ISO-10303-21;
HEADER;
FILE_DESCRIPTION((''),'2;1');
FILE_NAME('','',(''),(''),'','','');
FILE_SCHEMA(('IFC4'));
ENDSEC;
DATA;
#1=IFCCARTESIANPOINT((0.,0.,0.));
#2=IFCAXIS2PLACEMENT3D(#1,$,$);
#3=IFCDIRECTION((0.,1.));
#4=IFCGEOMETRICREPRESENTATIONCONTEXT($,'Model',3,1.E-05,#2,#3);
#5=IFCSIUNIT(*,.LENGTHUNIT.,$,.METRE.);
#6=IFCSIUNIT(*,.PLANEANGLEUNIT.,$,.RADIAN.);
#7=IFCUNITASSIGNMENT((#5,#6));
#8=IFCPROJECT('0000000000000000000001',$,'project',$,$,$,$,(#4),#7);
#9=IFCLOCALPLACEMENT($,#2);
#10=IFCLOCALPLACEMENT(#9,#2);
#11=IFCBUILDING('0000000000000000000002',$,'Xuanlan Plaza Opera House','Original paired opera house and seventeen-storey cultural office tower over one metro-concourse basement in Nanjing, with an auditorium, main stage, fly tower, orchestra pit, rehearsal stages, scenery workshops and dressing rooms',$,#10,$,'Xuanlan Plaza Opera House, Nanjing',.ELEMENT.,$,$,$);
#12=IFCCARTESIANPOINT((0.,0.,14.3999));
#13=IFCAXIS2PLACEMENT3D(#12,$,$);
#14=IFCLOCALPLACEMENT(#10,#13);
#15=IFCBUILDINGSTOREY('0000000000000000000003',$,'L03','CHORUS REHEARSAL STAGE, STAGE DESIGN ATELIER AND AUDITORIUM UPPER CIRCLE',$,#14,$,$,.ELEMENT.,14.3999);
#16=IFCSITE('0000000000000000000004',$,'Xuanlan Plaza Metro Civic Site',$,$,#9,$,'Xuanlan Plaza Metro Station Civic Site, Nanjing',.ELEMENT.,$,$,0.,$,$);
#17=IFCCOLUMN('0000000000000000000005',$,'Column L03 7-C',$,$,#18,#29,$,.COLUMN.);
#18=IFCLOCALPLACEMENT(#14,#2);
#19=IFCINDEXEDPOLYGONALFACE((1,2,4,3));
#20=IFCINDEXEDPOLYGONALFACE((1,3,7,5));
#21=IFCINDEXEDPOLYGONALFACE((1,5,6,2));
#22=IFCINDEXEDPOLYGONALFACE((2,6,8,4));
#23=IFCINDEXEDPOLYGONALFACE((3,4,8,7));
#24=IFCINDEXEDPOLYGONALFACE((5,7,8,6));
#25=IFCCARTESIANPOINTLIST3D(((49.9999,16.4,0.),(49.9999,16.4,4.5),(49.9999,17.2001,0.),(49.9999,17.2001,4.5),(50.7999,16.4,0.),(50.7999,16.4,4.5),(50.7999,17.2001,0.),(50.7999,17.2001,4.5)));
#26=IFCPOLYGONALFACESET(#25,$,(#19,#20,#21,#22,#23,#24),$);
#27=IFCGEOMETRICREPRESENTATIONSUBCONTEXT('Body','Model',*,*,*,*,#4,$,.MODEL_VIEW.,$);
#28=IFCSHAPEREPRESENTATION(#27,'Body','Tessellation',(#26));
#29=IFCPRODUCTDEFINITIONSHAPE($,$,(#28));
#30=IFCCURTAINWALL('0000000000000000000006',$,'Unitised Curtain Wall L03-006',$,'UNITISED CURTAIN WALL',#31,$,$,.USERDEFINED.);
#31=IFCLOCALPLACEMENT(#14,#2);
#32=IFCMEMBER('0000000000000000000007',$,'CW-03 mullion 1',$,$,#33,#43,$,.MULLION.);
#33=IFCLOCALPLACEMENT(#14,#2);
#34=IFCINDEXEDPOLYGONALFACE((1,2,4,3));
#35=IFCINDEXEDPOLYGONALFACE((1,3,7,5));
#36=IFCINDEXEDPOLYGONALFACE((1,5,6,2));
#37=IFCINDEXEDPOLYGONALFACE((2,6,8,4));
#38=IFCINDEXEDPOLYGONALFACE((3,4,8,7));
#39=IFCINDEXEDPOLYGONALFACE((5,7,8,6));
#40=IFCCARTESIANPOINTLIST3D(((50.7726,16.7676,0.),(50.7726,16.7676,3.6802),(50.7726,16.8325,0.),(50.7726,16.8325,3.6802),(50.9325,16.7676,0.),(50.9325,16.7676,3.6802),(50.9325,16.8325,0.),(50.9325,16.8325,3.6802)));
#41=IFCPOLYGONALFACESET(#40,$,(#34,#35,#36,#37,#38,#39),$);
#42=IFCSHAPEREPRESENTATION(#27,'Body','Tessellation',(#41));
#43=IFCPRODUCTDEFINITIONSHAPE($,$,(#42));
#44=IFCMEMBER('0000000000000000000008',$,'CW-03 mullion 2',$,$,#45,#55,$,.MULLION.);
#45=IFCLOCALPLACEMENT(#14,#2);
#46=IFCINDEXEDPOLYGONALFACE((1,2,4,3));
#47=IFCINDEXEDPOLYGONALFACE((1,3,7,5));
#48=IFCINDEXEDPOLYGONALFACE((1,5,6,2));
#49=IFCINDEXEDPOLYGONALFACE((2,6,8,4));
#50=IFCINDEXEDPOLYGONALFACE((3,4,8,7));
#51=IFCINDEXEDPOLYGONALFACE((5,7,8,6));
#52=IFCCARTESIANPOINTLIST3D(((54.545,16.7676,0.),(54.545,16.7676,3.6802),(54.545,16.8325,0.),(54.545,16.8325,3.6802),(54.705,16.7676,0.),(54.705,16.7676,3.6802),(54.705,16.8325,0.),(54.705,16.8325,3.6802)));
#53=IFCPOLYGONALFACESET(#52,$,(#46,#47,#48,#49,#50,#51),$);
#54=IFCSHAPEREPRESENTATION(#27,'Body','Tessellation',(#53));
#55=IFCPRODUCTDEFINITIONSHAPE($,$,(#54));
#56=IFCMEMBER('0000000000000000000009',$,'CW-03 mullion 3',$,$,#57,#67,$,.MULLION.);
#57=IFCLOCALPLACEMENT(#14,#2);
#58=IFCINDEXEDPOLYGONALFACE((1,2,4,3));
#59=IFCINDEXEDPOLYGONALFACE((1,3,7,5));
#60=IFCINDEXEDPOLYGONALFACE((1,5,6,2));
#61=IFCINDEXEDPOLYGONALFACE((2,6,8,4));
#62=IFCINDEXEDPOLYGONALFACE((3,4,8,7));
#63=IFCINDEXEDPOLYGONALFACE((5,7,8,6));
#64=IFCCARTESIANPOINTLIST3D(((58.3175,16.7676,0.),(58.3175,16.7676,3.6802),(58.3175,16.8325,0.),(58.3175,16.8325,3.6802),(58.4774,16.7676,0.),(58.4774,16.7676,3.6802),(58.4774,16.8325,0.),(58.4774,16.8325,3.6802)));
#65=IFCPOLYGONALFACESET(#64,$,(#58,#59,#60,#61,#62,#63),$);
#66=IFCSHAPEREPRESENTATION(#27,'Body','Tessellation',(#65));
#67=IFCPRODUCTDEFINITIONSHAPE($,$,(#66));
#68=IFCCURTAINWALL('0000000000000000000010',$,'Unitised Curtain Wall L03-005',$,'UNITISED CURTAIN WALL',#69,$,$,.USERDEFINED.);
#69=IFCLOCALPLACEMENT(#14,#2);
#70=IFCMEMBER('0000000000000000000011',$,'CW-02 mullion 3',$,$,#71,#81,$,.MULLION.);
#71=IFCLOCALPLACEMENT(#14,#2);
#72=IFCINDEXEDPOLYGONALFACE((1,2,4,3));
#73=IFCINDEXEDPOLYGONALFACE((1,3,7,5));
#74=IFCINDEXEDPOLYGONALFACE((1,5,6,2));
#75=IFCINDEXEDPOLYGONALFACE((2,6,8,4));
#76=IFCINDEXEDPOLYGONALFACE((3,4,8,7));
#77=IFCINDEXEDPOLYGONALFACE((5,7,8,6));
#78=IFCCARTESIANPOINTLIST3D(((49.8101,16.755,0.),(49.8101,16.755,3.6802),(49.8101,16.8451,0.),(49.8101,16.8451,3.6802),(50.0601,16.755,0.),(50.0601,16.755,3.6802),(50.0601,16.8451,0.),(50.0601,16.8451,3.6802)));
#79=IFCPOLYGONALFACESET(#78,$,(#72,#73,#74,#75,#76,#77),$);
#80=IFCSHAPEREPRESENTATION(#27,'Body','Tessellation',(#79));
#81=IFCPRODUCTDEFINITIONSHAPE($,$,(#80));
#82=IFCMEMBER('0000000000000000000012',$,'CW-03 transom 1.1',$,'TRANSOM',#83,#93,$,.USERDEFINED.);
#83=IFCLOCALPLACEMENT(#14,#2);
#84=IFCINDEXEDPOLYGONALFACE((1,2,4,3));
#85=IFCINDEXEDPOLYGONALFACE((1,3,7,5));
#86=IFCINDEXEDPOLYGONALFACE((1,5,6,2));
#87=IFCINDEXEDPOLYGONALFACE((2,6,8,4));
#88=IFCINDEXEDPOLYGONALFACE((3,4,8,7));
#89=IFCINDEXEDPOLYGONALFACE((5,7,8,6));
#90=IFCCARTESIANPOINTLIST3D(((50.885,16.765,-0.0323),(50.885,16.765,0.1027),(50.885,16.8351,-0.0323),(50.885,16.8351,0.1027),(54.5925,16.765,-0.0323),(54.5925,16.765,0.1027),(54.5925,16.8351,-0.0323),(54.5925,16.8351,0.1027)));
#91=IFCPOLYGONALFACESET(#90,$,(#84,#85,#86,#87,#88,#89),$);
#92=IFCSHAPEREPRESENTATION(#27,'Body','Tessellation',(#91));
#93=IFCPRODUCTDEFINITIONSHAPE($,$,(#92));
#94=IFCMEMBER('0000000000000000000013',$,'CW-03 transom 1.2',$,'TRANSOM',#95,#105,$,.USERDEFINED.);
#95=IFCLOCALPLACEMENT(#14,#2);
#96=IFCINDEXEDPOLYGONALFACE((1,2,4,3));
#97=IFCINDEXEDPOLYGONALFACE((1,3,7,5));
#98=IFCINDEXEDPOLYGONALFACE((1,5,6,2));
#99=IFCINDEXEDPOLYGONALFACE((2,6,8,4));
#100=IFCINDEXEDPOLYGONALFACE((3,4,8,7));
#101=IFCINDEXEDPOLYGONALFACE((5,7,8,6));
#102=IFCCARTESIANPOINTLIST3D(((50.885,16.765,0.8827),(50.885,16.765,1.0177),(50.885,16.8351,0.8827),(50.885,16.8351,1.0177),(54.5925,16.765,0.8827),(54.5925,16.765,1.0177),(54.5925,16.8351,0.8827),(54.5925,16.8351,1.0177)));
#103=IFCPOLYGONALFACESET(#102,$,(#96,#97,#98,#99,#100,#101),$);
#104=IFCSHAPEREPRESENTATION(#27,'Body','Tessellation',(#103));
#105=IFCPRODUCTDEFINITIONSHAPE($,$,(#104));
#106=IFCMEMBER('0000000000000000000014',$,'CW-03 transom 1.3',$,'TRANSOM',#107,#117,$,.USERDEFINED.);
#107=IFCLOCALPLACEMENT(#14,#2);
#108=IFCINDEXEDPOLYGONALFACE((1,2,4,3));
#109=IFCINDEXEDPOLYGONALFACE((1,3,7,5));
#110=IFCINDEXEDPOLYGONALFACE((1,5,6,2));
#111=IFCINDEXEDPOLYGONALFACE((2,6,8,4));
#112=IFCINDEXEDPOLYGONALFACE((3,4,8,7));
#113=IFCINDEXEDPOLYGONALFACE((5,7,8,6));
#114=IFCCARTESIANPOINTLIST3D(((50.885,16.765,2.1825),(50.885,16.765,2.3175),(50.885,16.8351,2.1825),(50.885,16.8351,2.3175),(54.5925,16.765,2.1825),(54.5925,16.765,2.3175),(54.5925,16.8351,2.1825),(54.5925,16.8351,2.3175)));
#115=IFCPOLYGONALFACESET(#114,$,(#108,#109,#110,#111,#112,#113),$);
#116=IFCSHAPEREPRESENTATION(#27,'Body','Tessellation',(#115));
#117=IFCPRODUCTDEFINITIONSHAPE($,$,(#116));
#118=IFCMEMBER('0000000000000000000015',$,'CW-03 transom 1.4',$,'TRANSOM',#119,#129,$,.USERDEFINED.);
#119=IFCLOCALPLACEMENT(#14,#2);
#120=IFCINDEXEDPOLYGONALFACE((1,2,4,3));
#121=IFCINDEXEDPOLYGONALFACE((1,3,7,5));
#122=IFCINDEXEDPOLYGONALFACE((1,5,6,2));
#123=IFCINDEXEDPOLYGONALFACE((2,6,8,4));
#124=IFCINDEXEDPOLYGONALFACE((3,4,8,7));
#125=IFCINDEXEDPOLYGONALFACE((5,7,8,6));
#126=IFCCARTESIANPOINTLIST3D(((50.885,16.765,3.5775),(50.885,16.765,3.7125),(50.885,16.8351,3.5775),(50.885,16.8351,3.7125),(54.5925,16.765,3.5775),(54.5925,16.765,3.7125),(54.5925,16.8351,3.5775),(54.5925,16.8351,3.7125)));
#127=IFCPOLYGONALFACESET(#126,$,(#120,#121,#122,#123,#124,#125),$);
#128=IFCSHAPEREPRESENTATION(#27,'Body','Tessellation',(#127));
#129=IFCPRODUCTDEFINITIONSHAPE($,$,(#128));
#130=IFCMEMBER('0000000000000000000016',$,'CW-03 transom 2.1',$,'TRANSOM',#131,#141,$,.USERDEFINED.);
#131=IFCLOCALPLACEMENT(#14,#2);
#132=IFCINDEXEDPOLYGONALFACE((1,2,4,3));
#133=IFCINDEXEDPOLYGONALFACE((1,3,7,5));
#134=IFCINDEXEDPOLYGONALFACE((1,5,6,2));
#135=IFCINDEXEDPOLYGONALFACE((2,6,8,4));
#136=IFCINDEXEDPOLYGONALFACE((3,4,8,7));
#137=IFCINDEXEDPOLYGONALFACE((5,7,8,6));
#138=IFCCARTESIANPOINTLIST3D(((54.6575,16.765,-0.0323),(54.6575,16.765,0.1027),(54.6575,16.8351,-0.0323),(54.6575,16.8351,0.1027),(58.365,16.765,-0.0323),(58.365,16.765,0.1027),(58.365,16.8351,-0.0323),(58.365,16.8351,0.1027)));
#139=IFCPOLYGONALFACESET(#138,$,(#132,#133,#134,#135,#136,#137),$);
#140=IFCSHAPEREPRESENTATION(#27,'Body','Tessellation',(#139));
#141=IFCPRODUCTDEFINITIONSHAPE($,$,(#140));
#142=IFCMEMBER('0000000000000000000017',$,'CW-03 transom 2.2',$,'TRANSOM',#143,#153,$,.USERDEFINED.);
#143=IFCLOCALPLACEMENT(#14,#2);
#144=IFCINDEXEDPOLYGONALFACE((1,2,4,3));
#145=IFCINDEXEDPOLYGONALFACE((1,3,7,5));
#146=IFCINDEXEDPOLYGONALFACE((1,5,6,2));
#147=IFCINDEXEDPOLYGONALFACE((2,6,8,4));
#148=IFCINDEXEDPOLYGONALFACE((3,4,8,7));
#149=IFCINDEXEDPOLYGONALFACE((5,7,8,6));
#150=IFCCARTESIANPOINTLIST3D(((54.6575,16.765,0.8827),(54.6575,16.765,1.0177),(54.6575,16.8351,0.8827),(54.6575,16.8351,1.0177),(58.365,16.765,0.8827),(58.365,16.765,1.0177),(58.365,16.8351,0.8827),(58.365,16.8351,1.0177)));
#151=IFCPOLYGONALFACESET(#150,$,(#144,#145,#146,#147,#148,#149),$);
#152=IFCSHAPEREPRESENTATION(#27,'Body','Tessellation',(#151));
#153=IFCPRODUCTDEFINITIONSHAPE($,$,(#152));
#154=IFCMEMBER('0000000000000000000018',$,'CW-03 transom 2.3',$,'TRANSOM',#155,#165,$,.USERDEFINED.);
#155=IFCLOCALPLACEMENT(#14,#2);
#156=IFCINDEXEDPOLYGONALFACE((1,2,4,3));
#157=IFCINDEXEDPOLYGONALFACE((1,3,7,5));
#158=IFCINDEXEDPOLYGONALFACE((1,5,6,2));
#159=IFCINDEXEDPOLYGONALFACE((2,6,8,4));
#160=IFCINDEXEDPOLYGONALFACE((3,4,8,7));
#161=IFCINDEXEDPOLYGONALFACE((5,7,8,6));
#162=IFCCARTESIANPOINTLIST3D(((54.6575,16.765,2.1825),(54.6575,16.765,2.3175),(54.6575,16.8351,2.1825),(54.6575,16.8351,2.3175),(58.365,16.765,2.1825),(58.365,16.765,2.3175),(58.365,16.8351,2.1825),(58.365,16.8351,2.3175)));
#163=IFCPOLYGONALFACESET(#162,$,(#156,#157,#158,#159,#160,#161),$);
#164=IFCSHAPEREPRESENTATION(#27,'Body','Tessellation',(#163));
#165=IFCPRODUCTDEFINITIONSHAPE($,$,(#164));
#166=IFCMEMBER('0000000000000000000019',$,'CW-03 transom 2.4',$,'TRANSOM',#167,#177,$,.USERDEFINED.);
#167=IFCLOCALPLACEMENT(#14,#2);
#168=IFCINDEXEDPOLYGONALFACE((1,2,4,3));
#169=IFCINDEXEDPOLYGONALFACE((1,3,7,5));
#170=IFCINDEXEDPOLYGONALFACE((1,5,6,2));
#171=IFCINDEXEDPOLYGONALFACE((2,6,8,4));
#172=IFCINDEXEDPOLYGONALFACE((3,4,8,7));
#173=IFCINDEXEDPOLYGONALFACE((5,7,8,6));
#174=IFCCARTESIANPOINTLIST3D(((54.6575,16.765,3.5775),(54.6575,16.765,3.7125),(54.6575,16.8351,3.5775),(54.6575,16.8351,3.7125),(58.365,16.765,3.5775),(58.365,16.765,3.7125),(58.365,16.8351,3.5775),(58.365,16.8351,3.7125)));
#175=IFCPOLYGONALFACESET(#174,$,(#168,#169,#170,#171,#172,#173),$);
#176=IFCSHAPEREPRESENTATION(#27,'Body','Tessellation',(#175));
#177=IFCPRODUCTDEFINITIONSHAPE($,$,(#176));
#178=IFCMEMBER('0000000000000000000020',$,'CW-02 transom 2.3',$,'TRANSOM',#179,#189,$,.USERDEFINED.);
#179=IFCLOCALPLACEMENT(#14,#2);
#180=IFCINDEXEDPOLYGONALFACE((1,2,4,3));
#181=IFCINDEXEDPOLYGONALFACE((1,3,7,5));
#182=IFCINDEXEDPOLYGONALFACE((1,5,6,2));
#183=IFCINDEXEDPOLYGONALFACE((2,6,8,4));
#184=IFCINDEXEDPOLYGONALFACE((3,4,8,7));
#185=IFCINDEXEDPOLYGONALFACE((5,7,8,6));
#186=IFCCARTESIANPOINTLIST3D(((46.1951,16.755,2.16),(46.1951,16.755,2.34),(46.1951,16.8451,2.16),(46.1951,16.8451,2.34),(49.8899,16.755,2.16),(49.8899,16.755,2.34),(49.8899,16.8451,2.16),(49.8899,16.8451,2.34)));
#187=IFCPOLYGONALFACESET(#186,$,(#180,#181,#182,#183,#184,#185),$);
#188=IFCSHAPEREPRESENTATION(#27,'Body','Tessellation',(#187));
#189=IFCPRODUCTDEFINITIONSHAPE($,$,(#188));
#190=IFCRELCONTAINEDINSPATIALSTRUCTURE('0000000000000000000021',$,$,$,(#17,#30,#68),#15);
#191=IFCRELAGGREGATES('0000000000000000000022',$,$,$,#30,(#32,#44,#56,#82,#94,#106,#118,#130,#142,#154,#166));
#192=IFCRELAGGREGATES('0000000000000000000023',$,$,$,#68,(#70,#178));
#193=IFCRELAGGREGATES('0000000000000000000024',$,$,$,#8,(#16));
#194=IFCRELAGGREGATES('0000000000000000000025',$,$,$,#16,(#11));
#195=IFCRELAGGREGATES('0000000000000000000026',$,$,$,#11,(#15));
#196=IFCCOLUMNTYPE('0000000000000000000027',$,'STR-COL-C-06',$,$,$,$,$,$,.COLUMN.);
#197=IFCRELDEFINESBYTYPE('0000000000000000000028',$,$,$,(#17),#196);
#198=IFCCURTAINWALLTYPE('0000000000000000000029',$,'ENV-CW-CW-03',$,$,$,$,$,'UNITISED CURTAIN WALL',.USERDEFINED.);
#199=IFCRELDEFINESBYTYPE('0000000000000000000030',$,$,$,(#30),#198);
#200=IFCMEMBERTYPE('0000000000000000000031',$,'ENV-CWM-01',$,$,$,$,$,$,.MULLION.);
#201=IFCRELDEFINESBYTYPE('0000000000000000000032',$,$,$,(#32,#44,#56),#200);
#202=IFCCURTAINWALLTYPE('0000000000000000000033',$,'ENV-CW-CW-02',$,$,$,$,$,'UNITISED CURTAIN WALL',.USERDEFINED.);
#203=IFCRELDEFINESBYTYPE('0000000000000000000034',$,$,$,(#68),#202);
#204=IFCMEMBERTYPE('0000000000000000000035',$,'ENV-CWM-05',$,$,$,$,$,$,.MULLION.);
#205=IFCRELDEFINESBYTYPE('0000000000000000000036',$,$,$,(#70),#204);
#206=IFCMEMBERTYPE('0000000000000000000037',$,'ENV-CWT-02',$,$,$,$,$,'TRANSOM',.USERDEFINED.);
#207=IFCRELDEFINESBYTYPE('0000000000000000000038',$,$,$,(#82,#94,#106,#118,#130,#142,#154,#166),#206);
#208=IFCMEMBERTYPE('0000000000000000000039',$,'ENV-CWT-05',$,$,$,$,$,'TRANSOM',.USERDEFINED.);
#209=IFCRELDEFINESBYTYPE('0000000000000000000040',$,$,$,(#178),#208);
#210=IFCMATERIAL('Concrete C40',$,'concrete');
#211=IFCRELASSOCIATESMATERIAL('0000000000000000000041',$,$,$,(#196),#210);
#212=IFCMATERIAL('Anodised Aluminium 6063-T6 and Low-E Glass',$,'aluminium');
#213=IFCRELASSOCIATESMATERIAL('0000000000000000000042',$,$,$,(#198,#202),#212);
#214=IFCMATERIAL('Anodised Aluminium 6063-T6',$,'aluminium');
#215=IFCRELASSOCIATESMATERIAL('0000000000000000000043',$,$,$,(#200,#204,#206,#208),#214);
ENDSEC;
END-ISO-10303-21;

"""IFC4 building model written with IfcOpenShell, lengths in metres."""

from ifc_helpers import new_model, si_unit, direction, frame, origin, origin_2d, place, context, subcontext, project, spatial, rectangle, extrude, material, material_profile, profile_set, type_object, element, aggregate, save


model = new_model("IFC4")

# Units and contexts
model_context = context("Model", 3, precision=1e-05, world=origin(), true_north=direction((0.0, 1.0)))
body_context = subcontext(model_context, "Body", "Model", "MODEL_VIEW")
ifc_project = project(units=[si_unit("LENGTHUNIT", "METRE"), si_unit("PLANEANGLEUNIT", "RADIAN")], contexts=[model_context])

# Site, building, storey
site_placement = place(None, origin())
site = spatial("IfcSite", under=ifc_project, at=site_placement, Name="Xuanlan Plaza Metro Civic Site", LongName="Xuanlan Plaza Metro Station Civic Site, Nanjing", CompositionType="ELEMENT", RefElevation=0.0)
building_placement = place(site_placement, origin())
building = spatial("IfcBuilding", under=site, at=building_placement, Name="Xuanlan Plaza Opera House", Description="Original paired opera house and seventeen-storey cultural office tower over one metro-concourse basement in Nanjing, with an auditorium, main stage, fly tower, orchestra pit, rehearsal stages, scenery workshops and dressing rooms", LongName="Xuanlan Plaza Opera House, Nanjing", CompositionType="ELEMENT")
storey_placement = place(building_placement, frame((0.0, 0.0, 14.3999)))
storey = spatial("IfcBuildingStorey", under=building, at=storey_placement, Name="L03", Description="CHORUS REHEARSAL STAGE, STAGE DESIGN ATELIER AND AUDITORIUM UPPER CIRCLE", CompositionType="ELEMENT", Elevation=14.3999)

# Column
ifc_material_1 = material(Name="Concrete C40", Category="concrete")
ifc_material_profile_1 = material_profile(ifc_material_1, rectangle(XDim=0.8, YDim=0.8, at=origin_2d()), Name="RC-COL 800x800")
ifc_profile_set_1 = profile_set([ifc_material_profile_1], Name="Concrete C40")
column_type = type_object("IfcColumnType", Name="STR-COL-C-06", PredefinedType="COLUMN", material=ifc_profile_set_1)
column_placement = place(storey_placement, frame((50.3999, 16.8, 0.0), z_axis=(0.0, 0.0, 1.0), x_axis=(1.0, 0.0, 0.0)))
element("IfcColumn", 1, at=column_placement, inside=storey, type_object=column_type, Name="Column L03 7-C", PredefinedType="COLUMN", context=body_context, shape_type="SweptSolid", body=[
    extrude(rectangle(XDim=0.8, YDim=0.8, at=origin_2d()), origin(), (0.0, 0.0, 1.0), 4.5),
])

# Curtain wall, members
ifc_material_2 = material(Name="Anodised Aluminium 6063-T6 and Low-E Glass", Category="aluminium")
curtain_wall_type_1 = type_object("IfcCurtainWallType", Name="ENV-CW-CW-03", ElementType="UNITISED CURTAIN WALL", PredefinedType="USERDEFINED", material=ifc_material_2)
curtain_wall_1_placement = place(storey_placement, origin())
curtain_wall_1 = element("IfcCurtainWall", 2, at=curtain_wall_1_placement, inside=storey, type_object=curtain_wall_type_1, Name="Unitised Curtain Wall L03-006", ObjectType="UNITISED CURTAIN WALL", PredefinedType="USERDEFINED")
ifc_material_3 = material(Name="Anodised Aluminium 6063-T6", Category="aluminium")
ifc_material_profile_2 = material_profile(ifc_material_3, rectangle(XDim=0.0649, YDim=0.1599, at=origin_2d()), Name="ALU-M 65x160")
ifc_profile_set_2 = profile_set([ifc_material_profile_2], Name="Anodised Aluminium 6063-T6")
member_type_1 = type_object("IfcMemberType", Name="ENV-CWM-01", PredefinedType="MULLION", material=ifc_profile_set_2)
member_1_placement = place(storey_placement, frame((50.8525, 16.8, 0.0), z_axis=(0.0, 0.0, 1.0), x_axis=(0.0, 1.0, 0.0)))
member_1 = element("IfcMember", 3, at=member_1_placement, type_object=member_type_1, Name="CW-03 mullion 1", PredefinedType="MULLION", context=body_context, shape_type="SweptSolid", body=[
    extrude(rectangle(XDim=0.0649, YDim=0.1599, at=origin_2d()), origin(), (0.0, 0.0, 1.0), 3.6802),
])
member_2_placement = place(storey_placement, frame((54.625, 16.8, 0.0), z_axis=(0.0, 0.0, 1.0), x_axis=(0.0, 1.0, 0.0)))
member_2 = element("IfcMember", 4, at=member_2_placement, type_object=member_type_1, Name="CW-03 mullion 2", PredefinedType="MULLION", context=body_context, shape_type="SweptSolid", body=[
    extrude(rectangle(XDim=0.0649, YDim=0.1599, at=origin_2d()), origin(), (0.0, 0.0, 1.0), 3.6802),
])
member_3_placement = place(storey_placement, frame((58.3975, 16.8, 0.0), z_axis=(0.0, 0.0, 1.0), x_axis=(0.0, 1.0, 0.0)))
member_3 = element("IfcMember", 5, at=member_3_placement, type_object=member_type_1, Name="CW-03 mullion 3", PredefinedType="MULLION", context=body_context, shape_type="SweptSolid", body=[
    extrude(rectangle(XDim=0.0649, YDim=0.1599, at=origin_2d()), origin(), (0.0, 0.0, 1.0), 3.6802),
])

# Curtain wall, member
curtain_wall_type_2 = type_object("IfcCurtainWallType", Name="ENV-CW-CW-02", ElementType="UNITISED CURTAIN WALL", PredefinedType="USERDEFINED", material=ifc_material_2)
curtain_wall_2_placement = place(storey_placement, origin())
curtain_wall_2 = element("IfcCurtainWall", 6, at=curtain_wall_2_placement, inside=storey, type_object=curtain_wall_type_2, Name="Unitised Curtain Wall L03-005", ObjectType="UNITISED CURTAIN WALL", PredefinedType="USERDEFINED")
ifc_material_profile_3 = material_profile(ifc_material_3, rectangle(XDim=0.0901, YDim=0.25, at=origin_2d()), Name="ALU-M 90x250")
ifc_profile_set_3 = profile_set([ifc_material_profile_3], Name="Anodised Aluminium 6063-T6")
member_type_2 = type_object("IfcMemberType", Name="ENV-CWM-05", PredefinedType="MULLION", material=ifc_profile_set_3)
member_4_placement = place(storey_placement, frame((49.9351, 16.8, 0.0), z_axis=(0.0, 0.0, 1.0), x_axis=(0.0, 1.0, 0.0)))
member_4 = element("IfcMember", 7, at=member_4_placement, type_object=member_type_2, Name="CW-02 mullion 3", PredefinedType="MULLION", context=body_context, shape_type="SweptSolid", body=[
    extrude(rectangle(XDim=0.0901, YDim=0.25, at=origin_2d()), origin(), (0.0, 0.0, 1.0), 3.6802),
])

# Members
ifc_material_profile_4 = material_profile(ifc_material_3, rectangle(XDim=0.0701, YDim=0.135, at=origin_2d()), Name="ALU-T 70x135")
ifc_profile_set_4 = profile_set([ifc_material_profile_4], Name="Anodised Aluminium 6063-T6")
member_type_3 = type_object("IfcMemberType", Name="ENV-CWT-02", ElementType="TRANSOM", PredefinedType="USERDEFINED", material=ifc_profile_set_4)
member_5_placement = place(storey_placement, frame((50.885, 16.8, 0.0352), z_axis=(1.0, 0.0, 0.0), x_axis=(0.0, 1.0, 0.0)))
member_5 = element("IfcMember", 8, at=member_5_placement, type_object=member_type_3, Name="CW-03 transom 1.1", ObjectType="TRANSOM", PredefinedType="USERDEFINED", context=body_context, shape_type="SweptSolid", body=[
    extrude(rectangle(XDim=0.0701, YDim=0.135, at=origin_2d()), origin(), (0.0, 0.0, 1.0), 3.7075),
])
member_6_placement = place(storey_placement, frame((50.885, 16.8, 0.9502), z_axis=(1.0, 0.0, 0.0), x_axis=(0.0, 1.0, 0.0)))
member_6 = element("IfcMember", 9, at=member_6_placement, type_object=member_type_3, Name="CW-03 transom 1.2", ObjectType="TRANSOM", PredefinedType="USERDEFINED", context=body_context, shape_type="SweptSolid", body=[
    extrude(rectangle(XDim=0.0701, YDim=0.135, at=origin_2d()), origin(), (0.0, 0.0, 1.0), 3.7075),
])
member_7_placement = place(storey_placement, frame((50.885, 16.8, 2.25), z_axis=(1.0, 0.0, 0.0), x_axis=(0.0, 1.0, 0.0)))
member_7 = element("IfcMember", 10, at=member_7_placement, type_object=member_type_3, Name="CW-03 transom 1.3", ObjectType="TRANSOM", PredefinedType="USERDEFINED", context=body_context, shape_type="SweptSolid", body=[
    extrude(rectangle(XDim=0.0701, YDim=0.135, at=origin_2d()), origin(), (0.0, 0.0, 1.0), 3.7075),
])
member_8_placement = place(storey_placement, frame((50.885, 16.8, 3.645), z_axis=(1.0, 0.0, 0.0), x_axis=(0.0, 1.0, 0.0)))
member_8 = element("IfcMember", 11, at=member_8_placement, type_object=member_type_3, Name="CW-03 transom 1.4", ObjectType="TRANSOM", PredefinedType="USERDEFINED", context=body_context, shape_type="SweptSolid", body=[
    extrude(rectangle(XDim=0.0701, YDim=0.135, at=origin_2d()), origin(), (0.0, 0.0, 1.0), 3.7075),
])
member_9_placement = place(storey_placement, frame((54.6575, 16.8, 0.0352), z_axis=(1.0, 0.0, 0.0), x_axis=(0.0, 1.0, 0.0)))
member_9 = element("IfcMember", 12, at=member_9_placement, type_object=member_type_3, Name="CW-03 transom 2.1", ObjectType="TRANSOM", PredefinedType="USERDEFINED", context=body_context, shape_type="SweptSolid", body=[
    extrude(rectangle(XDim=0.0701, YDim=0.135, at=origin_2d()), origin(), (0.0, 0.0, 1.0), 3.7075),
])
member_10_placement = place(storey_placement, frame((54.6575, 16.8, 0.9502), z_axis=(1.0, 0.0, 0.0), x_axis=(0.0, 1.0, 0.0)))
member_10 = element("IfcMember", 13, at=member_10_placement, type_object=member_type_3, Name="CW-03 transom 2.2", ObjectType="TRANSOM", PredefinedType="USERDEFINED", context=body_context, shape_type="SweptSolid", body=[
    extrude(rectangle(XDim=0.0701, YDim=0.135, at=origin_2d()), origin(), (0.0, 0.0, 1.0), 3.7075),
])
member_11_placement = place(storey_placement, frame((54.6575, 16.8, 2.25), z_axis=(1.0, 0.0, 0.0), x_axis=(0.0, 1.0, 0.0)))
member_11 = element("IfcMember", 14, at=member_11_placement, type_object=member_type_3, Name="CW-03 transom 2.3", ObjectType="TRANSOM", PredefinedType="USERDEFINED", context=body_context, shape_type="SweptSolid", body=[
    extrude(rectangle(XDim=0.0701, YDim=0.135, at=origin_2d()), origin(), (0.0, 0.0, 1.0), 3.7075),
])
member_12_placement = place(storey_placement, frame((54.6575, 16.8, 3.645), z_axis=(1.0, 0.0, 0.0), x_axis=(0.0, 1.0, 0.0)))
member_12 = element("IfcMember", 15, at=member_12_placement, type_object=member_type_3, Name="CW-03 transom 2.4", ObjectType="TRANSOM", PredefinedType="USERDEFINED", context=body_context, shape_type="SweptSolid", body=[
    extrude(rectangle(XDim=0.0701, YDim=0.135, at=origin_2d()), origin(), (0.0, 0.0, 1.0), 3.7075),
])
ifc_material_profile_5 = material_profile(ifc_material_3, rectangle(XDim=0.0901, YDim=0.1799, at=origin_2d()), Name="ALU-T 90x180")
ifc_profile_set_5 = profile_set([ifc_material_profile_5], Name="Anodised Aluminium 6063-T6")
member_type_4 = type_object("IfcMemberType", Name="ENV-CWT-05", ElementType="TRANSOM", PredefinedType="USERDEFINED", material=ifc_profile_set_5)
member_13_placement = place(storey_placement, frame((46.1951, 16.8, 2.25), z_axis=(1.0, 0.0, 0.0), x_axis=(0.0, 1.0, 0.0)))
member_13 = element("IfcMember", 16, at=member_13_placement, type_object=member_type_4, Name="CW-02 transom 2.3", ObjectType="TRANSOM", PredefinedType="USERDEFINED", context=body_context, shape_type="SweptSolid", body=[
    extrude(rectangle(XDim=0.0901, YDim=0.1799, at=origin_2d()), origin(), (0.0, 0.0, 1.0), 3.6948),
])

aggregate(curtain_wall_1, [member_1, member_2, member_3, member_5, member_6, member_7, member_8, member_9, member_10, member_11, member_12])
aggregate(curtain_wall_2, [member_4, member_13])

save(model, "model.ifc")
